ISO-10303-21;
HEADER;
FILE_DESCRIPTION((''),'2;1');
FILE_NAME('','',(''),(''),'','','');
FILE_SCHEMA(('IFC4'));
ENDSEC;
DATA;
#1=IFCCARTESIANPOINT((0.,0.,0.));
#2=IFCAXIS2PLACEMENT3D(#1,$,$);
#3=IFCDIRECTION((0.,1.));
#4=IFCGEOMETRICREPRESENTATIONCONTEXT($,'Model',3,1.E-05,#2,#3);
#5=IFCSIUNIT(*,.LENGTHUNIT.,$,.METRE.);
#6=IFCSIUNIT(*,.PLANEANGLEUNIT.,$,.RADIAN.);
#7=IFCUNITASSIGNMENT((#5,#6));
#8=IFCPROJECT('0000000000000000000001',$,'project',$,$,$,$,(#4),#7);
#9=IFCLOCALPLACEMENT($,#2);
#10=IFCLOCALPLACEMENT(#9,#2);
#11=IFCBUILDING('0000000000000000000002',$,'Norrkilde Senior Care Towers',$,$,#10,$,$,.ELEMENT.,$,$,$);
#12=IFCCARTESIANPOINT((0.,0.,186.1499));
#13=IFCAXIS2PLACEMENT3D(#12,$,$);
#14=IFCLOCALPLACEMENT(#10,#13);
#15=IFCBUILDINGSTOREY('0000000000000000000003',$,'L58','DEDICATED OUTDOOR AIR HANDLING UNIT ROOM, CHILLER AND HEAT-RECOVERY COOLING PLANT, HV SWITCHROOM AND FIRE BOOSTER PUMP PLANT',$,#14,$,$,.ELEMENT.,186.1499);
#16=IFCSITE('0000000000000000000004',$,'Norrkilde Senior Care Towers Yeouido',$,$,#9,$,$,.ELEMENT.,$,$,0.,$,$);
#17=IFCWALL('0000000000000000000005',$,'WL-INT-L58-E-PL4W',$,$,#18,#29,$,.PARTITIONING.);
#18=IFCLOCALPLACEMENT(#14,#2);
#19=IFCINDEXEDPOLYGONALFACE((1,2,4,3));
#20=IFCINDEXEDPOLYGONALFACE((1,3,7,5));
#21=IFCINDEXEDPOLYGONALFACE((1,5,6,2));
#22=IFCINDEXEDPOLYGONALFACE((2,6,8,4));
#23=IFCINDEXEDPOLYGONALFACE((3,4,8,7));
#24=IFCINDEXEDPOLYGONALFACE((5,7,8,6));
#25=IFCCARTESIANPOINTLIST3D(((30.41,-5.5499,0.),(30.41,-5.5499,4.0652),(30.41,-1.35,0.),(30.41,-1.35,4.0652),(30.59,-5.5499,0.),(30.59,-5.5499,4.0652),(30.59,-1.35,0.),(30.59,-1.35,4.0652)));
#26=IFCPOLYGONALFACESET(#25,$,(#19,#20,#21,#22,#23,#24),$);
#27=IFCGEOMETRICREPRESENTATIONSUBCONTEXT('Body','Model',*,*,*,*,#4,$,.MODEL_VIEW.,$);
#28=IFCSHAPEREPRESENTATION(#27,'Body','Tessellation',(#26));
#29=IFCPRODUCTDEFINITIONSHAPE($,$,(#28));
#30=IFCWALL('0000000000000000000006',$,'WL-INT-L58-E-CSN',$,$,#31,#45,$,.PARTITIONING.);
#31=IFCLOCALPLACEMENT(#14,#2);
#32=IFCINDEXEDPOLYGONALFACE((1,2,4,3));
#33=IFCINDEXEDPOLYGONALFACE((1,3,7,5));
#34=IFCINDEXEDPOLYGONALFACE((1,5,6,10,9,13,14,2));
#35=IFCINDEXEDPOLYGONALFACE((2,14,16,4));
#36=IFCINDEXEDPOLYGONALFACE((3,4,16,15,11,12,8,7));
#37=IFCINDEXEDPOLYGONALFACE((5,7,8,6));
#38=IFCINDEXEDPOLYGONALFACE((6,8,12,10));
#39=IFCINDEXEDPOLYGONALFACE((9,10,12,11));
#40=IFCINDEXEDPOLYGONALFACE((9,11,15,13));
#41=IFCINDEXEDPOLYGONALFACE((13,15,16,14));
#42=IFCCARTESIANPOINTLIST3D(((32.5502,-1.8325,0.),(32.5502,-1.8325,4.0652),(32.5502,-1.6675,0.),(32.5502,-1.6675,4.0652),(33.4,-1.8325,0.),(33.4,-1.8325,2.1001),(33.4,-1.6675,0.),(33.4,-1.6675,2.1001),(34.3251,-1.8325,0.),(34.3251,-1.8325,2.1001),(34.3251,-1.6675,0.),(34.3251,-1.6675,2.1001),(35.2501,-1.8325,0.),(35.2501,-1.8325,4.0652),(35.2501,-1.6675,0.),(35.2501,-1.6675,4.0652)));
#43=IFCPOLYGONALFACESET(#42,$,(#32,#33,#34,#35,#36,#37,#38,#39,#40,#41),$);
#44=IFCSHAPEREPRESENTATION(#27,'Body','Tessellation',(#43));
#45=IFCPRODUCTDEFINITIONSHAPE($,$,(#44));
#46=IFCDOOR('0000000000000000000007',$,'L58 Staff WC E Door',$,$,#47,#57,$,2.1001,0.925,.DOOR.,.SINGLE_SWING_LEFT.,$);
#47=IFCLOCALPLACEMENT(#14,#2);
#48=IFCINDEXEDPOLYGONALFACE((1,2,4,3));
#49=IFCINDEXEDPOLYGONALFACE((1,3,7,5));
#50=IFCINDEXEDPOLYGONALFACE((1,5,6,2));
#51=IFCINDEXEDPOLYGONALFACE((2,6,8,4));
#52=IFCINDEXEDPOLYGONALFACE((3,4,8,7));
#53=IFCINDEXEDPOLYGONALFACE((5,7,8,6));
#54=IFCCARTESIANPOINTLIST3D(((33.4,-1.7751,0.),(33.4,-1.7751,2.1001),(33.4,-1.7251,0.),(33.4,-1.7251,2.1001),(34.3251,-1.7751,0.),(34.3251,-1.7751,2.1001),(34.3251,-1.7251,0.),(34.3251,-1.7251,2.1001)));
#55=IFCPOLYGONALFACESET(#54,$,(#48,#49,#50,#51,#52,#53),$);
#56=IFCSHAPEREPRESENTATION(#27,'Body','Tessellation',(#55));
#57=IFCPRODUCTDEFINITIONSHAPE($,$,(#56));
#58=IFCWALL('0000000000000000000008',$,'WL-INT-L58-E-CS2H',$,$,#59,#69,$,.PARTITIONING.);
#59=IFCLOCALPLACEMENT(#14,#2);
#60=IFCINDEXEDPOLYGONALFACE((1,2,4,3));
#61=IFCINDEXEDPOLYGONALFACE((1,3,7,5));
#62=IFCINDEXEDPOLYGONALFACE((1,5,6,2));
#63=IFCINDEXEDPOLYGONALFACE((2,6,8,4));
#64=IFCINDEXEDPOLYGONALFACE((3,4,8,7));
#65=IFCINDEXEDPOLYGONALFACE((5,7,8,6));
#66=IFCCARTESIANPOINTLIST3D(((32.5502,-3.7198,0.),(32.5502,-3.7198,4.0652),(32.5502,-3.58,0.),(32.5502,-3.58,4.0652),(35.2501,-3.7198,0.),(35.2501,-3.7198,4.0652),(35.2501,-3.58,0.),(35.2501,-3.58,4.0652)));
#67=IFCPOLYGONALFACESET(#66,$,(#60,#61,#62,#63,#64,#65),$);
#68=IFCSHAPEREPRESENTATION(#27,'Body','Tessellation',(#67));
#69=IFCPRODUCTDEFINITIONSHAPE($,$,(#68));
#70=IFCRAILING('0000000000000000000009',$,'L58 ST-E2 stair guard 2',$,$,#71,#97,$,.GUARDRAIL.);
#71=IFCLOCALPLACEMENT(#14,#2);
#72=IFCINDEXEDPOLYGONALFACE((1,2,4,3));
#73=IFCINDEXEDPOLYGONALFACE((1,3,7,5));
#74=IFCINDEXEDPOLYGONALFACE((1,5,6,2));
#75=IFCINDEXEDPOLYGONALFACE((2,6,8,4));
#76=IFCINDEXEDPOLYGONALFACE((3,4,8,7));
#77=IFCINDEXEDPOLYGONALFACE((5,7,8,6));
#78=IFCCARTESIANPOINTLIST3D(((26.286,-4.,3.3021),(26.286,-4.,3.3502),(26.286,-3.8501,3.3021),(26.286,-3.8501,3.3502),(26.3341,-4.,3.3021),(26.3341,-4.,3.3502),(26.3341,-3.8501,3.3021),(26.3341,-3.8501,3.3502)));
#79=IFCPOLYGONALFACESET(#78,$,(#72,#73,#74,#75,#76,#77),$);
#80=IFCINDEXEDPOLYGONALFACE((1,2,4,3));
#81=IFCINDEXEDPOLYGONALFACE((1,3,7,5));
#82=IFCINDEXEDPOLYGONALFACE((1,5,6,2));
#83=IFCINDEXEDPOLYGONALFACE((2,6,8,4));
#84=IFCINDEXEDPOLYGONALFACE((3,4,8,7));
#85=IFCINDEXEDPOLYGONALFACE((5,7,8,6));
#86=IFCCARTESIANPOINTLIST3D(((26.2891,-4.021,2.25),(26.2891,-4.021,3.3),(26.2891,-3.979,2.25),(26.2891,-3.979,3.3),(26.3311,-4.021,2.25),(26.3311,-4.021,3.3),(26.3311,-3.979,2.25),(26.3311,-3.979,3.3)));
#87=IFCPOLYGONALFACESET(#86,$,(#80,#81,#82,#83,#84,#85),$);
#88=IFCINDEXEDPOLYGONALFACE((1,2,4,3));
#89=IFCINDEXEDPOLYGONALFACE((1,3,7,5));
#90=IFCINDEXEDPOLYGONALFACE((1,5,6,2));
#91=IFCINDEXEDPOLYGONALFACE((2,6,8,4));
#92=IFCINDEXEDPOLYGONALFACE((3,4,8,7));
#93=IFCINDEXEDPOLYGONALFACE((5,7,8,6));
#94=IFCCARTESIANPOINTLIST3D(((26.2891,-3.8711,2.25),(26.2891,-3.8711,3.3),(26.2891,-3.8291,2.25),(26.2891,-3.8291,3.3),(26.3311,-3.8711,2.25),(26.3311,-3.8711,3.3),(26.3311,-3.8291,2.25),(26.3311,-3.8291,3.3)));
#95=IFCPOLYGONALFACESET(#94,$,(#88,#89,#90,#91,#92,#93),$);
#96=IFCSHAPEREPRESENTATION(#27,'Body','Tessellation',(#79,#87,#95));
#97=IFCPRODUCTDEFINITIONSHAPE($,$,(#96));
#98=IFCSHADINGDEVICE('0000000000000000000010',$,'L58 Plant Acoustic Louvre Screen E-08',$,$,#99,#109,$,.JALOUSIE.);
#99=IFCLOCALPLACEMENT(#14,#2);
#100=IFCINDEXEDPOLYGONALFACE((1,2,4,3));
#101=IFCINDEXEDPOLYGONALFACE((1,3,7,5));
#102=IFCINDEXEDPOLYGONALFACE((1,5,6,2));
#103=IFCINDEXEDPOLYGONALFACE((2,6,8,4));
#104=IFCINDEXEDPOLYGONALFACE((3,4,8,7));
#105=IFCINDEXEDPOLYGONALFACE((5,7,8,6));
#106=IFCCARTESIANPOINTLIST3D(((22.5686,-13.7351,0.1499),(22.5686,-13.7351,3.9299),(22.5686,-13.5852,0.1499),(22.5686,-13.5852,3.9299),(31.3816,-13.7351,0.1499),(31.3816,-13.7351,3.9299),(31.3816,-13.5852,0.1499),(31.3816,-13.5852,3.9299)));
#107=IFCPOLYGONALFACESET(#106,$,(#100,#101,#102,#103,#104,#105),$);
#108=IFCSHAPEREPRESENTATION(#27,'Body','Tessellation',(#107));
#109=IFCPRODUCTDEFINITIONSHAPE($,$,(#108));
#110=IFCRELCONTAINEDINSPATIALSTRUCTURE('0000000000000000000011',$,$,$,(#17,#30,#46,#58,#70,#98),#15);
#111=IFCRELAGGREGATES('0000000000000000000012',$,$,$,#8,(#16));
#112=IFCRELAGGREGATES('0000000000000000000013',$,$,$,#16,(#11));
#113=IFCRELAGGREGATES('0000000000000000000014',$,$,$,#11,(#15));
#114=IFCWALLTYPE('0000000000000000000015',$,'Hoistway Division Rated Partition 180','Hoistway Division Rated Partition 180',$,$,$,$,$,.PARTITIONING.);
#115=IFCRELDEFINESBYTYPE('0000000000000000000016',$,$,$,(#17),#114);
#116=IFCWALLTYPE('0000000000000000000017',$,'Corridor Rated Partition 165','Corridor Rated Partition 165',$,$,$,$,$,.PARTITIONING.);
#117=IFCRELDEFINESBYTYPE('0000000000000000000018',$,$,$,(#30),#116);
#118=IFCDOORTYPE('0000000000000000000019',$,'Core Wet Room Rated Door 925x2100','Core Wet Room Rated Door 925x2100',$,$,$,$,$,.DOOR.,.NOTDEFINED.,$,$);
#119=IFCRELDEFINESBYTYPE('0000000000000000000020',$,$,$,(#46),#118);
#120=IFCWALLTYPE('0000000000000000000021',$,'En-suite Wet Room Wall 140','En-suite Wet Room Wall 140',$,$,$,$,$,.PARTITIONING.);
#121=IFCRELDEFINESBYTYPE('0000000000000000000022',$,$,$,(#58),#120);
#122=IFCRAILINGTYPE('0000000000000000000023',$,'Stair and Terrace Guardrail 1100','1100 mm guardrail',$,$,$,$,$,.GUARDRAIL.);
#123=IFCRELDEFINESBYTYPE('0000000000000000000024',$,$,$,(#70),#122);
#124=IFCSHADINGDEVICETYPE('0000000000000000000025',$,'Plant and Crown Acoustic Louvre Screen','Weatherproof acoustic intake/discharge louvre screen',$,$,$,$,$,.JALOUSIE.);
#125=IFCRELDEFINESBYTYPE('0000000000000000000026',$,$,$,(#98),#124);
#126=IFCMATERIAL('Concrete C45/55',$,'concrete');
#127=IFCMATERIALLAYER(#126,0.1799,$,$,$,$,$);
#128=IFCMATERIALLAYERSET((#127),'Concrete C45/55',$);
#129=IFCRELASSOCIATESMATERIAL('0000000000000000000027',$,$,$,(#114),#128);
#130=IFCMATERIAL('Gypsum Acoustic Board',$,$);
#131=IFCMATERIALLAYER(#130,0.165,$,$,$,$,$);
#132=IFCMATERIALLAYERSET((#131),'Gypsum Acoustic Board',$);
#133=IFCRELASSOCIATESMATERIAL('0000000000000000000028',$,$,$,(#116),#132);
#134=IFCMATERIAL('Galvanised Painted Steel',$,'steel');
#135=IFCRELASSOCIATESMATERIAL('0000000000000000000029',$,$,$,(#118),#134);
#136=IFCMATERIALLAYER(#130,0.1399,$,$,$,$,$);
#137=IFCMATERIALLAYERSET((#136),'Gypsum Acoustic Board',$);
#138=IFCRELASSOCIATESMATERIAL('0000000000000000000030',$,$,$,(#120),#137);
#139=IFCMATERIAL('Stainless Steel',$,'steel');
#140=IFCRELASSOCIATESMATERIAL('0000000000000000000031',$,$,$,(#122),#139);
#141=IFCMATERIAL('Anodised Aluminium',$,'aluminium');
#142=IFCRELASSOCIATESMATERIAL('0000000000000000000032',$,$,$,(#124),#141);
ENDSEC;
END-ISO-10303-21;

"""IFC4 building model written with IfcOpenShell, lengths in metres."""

from ifc_helpers import new_model, si_unit, direction, frame, frame_2d, origin, origin_2d, place, context, subcontext, project, spatial, rectangle, extrude, source, transform, mapped, material, layer, layer_set, type_object, type_shapes, element, fill, save


model = new_model("IFC4")

# Units and contexts
model_context = context("Model", 3, precision=1e-05, world=origin(), true_north=direction((0.0, 1.0)))
body_context = subcontext(model_context, "Body", "Model", "MODEL_VIEW")
ifc_project = project(units=[si_unit("LENGTHUNIT", "METRE"), si_unit("PLANEANGLEUNIT", "RADIAN")], contexts=[model_context])

# Site, building, storey
site_placement = place(None, origin())
site = spatial("IfcSite", under=ifc_project, at=site_placement, Name="Norrkilde Senior Care Towers Yeouido", CompositionType="ELEMENT", RefElevation=0.0)
building_placement = place(site_placement, origin())
building = spatial("IfcBuilding", under=site, at=building_placement, Name="Norrkilde Senior Care Towers", CompositionType="ELEMENT")
storey_placement = place(building_placement, frame((0.0, 0.0, 186.1499)))
storey = spatial("IfcBuildingStorey", under=building, at=storey_placement, Name="L58", Description="DEDICATED OUTDOOR AIR HANDLING UNIT ROOM, CHILLER AND HEAT-RECOVERY COOLING PLANT, HV SWITCHROOM AND FIRE BOOSTER PUMP PLANT", CompositionType="ELEMENT", Elevation=186.1499)

# Shared definitions
ifc_material_1 = material(Name="Anodised Aluminium", Category="aluminium")

# Shared definitions
ifc_material_2 = material(Name="Concrete C45/55", Category="concrete")

# Shared definitions
ifc_material_3 = material(Name="Stainless Steel", Category="steel")

# Wall
ifc_layer_1 = layer(ifc_material_2, 0.1799)
ifc_layer_set_1 = layer_set([ifc_layer_1], Name="Concrete C45/55")
wall_type_1 = type_object("IfcWallType", Name="Hoistway Division Rated Partition 180", Description="Hoistway Division Rated Partition 180", PredefinedType="PARTITIONING", material=ifc_layer_set_1)
shared_shape_1 = source(origin(), body_context, "Body", "SweptSolid", [
    extrude(rectangle(XDim=4.2, YDim=0.1799, at=frame_2d((2.1001, 0.0))), origin(), (0.0, 0.0, 1.0), 4.0652),
])
type_shapes(wall_type_1, [shared_shape_1])
wall_1_placement = place(storey_placement, frame((30.5, -5.55, 0.0), z_axis=(0.0, 0.0, 1.0), x_axis=(0.0, 1.0, 0.0)))
element("IfcWall", 1, at=wall_1_placement, inside=storey, type_object=wall_type_1, Name="WL-INT-L58-E-PL4W", PredefinedType="PARTITIONING", context=body_context, shape_type="MappedRepresentation", body=[
    mapped(shared_shape_1, transform((0.0, 0.0, 0.0), x_axis=(1.0, 0.0, 0.0), y_axis=(0.0, 1.0, 0.0), z_axis=(0.0, 0.0, 1.0), scale=1.0)),
])

# Wall, opening, door
ifc_material_4 = material(Name="Gypsum Acoustic Board")
ifc_layer_2 = layer(ifc_material_4, 0.165)
ifc_layer_set_2 = layer_set([ifc_layer_2], Name="Gypsum Acoustic Board")
wall_type_2 = type_object("IfcWallType", Name="Corridor Rated Partition 165", Description="Corridor Rated Partition 165", PredefinedType="PARTITIONING", material=ifc_layer_set_2)
shared_shape_2 = source(origin(), body_context, "Body", "SweptSolid", [
    extrude(rectangle(XDim=2.7, YDim=0.165, at=frame_2d((1.3501, 0.0))), origin(), (0.0, 0.0, 1.0), 4.0652),
])
type_shapes(wall_type_2, [shared_shape_2])
wall_2_placement = place(storey_placement, frame((32.55, -1.75, 0.0), z_axis=(0.0, 0.0, 1.0), x_axis=(1.0, 0.0, 0.0)))
wall_2 = element("IfcWall", 2, at=wall_2_placement, inside=storey, type_object=wall_type_2, Name="WL-INT-L58-E-CSN", PredefinedType="PARTITIONING", context=body_context, shape_type="MappedRepresentation", body=[
    mapped(shared_shape_2, transform((0.0, 0.0, 0.0), x_axis=(1.0, 0.0, 0.0), y_axis=(0.0, 1.0, 0.0), z_axis=(0.0, 0.0, 1.0), scale=1.0)),
])
opening_1_placement = place(wall_2_placement, frame((0.8501, 0.0, 0.0)))
opening_1 = element("IfcOpeningElement", 3, at=opening_1_placement, cuts=wall_2, PredefinedType="OPENING", context=body_context, shape_type="SweptSolid", body=[
    extrude(rectangle(XDim=0.925, YDim=2.1001, at=frame_2d((0.4624, 1.05))), frame((0.0, 0.0925, 0.0), z_axis=(0.0, -1.0, 0.0), x_axis=(1.0, 0.0, 0.0)), (0.0, 0.0, 1.0), 0.1851),
])
ifc_material_5 = material(Name="Galvanised Painted Steel", Category="steel")
door_type_1 = type_object("IfcDoorType", Name="Core Wet Room Rated Door 925x2100", Description="Core Wet Room Rated Door 925x2100", OperationType="NOTDEFINED", PredefinedType="DOOR", material=ifc_material_5)
shared_shape_3 = source(origin(), body_context, "Body", "SweptSolid", [
    extrude(rectangle(XDim=0.925, YDim=2.1001, at=frame_2d((0.4624, 1.05))), frame((0.0, 0.0249, 0.0), z_axis=(0.0, -1.0, 0.0), x_axis=(1.0, 0.0, 0.0)), (0.0, 0.0, 1.0), 0.05),
])
type_shapes(door_type_1, [shared_shape_3])
door_1_placement = place(opening_1_placement, origin())
door_1 = element("IfcDoor", 4, at=door_1_placement, inside=storey, type_object=door_type_1, Name="L58 Staff WC E Door", OperationType="SINGLE_SWING_LEFT", OverallHeight=2.1001, OverallWidth=0.925, PredefinedType="DOOR", context=body_context, shape_type="MappedRepresentation", body=[
    mapped(shared_shape_3, transform((0.0, 0.0, 0.0), x_axis=(1.0, 0.0, 0.0), y_axis=(0.0, 1.0, 0.0), z_axis=(0.0, 0.0, 1.0), scale=1.0)),
])
fill(opening_1, door_1)

# Wall
ifc_layer_3 = layer(ifc_material_4, 0.1399)
ifc_layer_set_3 = layer_set([ifc_layer_3], Name="Gypsum Acoustic Board")
wall_type_3 = type_object("IfcWallType", Name="En-suite Wet Room Wall 140", Description="En-suite Wet Room Wall 140", PredefinedType="PARTITIONING", material=ifc_layer_set_3)
shared_shape_4 = source(origin(), body_context, "Body", "SweptSolid", [
    extrude(rectangle(XDim=2.7, YDim=0.1399, at=frame_2d((1.3501, 0.0))), origin(), (0.0, 0.0, 1.0), 4.0652),
])
type_shapes(wall_type_3, [shared_shape_4])
wall_3_placement = place(storey_placement, frame((32.55, -3.6499, 0.0), z_axis=(0.0, 0.0, 1.0), x_axis=(1.0, 0.0, 0.0)))
element("IfcWall", 5, at=wall_3_placement, inside=storey, type_object=wall_type_3, Name="WL-INT-L58-E-CS2H", PredefinedType="PARTITIONING", context=body_context, shape_type="MappedRepresentation", body=[
    mapped(shared_shape_4, transform((0.0, 0.0, 0.0), x_axis=(1.0, 0.0, 0.0), y_axis=(0.0, 1.0, 0.0), z_axis=(0.0, 0.0, 1.0), scale=1.0)),
])

# Railing
railing_type = type_object("IfcRailingType", Name="Stair and Terrace Guardrail 1100", Description="1100 mm guardrail", PredefinedType="GUARDRAIL", material=ifc_material_3)
railing_placement = place(storey_placement, frame((26.3101, -4.0, 2.25)))
element("IfcRailing", 6, at=railing_placement, inside=storey, type_object=railing_type, Name="L58 ST-E2 stair guard 2", PredefinedType="GUARDRAIL", context=body_context, shape_type="SweptSolid", body=[
    extrude(rectangle(XDim=0.0481, YDim=0.0481, at=origin_2d()), frame((0.0, 0.0, 1.0762), z_axis=(0.0, 1.0, 0.0), x_axis=(-1.0, 0.0, 0.0)), (0.0, 0.0, 1.0), 0.1499),
    extrude(rectangle(XDim=0.042, YDim=0.042, at=origin_2d()), origin(), (0.0, 0.0, 1.0), 1.05),
    extrude(rectangle(XDim=0.042, YDim=0.042, at=origin_2d()), frame((0.0, 0.1499, 0.0)), (0.0, 0.0, 1.0), 1.05),
])

# Shading device
shading_device_type = type_object("IfcShadingDeviceType", Name="Plant and Crown Acoustic Louvre Screen", Description="Weatherproof acoustic intake/discharge louvre screen", PredefinedType="JALOUSIE", material=ifc_material_1)
shared_shape_5 = source(origin(), body_context, "Body", "SweptSolid", [
    extrude(rectangle(XDim=8.813, YDim=0.1499, at=origin_2d()), origin(), (0.0, 0.0, 1.0), 3.78),
])
type_shapes(shading_device_type, [shared_shape_5])
shading_device_placement = place(storey_placement, frame((26.9751, -13.6602, 0.1499), z_axis=(0.0, 0.0, 1.0), x_axis=(-1.0, 0.0, 0.0)))
element("IfcShadingDevice", 7, at=shading_device_placement, inside=storey, type_object=shading_device_type, Name="L58 Plant Acoustic Louvre Screen E-08", PredefinedType="JALOUSIE", context=body_context, shape_type="MappedRepresentation", body=[
    mapped(shared_shape_5, transform((0.0, 0.0, 0.0), x_axis=(1.0, 0.0, 0.0), y_axis=(0.0, 1.0, 0.0), z_axis=(0.0, 0.0, 1.0), scale=1.0)),
])

save(model, "model.ifc")
